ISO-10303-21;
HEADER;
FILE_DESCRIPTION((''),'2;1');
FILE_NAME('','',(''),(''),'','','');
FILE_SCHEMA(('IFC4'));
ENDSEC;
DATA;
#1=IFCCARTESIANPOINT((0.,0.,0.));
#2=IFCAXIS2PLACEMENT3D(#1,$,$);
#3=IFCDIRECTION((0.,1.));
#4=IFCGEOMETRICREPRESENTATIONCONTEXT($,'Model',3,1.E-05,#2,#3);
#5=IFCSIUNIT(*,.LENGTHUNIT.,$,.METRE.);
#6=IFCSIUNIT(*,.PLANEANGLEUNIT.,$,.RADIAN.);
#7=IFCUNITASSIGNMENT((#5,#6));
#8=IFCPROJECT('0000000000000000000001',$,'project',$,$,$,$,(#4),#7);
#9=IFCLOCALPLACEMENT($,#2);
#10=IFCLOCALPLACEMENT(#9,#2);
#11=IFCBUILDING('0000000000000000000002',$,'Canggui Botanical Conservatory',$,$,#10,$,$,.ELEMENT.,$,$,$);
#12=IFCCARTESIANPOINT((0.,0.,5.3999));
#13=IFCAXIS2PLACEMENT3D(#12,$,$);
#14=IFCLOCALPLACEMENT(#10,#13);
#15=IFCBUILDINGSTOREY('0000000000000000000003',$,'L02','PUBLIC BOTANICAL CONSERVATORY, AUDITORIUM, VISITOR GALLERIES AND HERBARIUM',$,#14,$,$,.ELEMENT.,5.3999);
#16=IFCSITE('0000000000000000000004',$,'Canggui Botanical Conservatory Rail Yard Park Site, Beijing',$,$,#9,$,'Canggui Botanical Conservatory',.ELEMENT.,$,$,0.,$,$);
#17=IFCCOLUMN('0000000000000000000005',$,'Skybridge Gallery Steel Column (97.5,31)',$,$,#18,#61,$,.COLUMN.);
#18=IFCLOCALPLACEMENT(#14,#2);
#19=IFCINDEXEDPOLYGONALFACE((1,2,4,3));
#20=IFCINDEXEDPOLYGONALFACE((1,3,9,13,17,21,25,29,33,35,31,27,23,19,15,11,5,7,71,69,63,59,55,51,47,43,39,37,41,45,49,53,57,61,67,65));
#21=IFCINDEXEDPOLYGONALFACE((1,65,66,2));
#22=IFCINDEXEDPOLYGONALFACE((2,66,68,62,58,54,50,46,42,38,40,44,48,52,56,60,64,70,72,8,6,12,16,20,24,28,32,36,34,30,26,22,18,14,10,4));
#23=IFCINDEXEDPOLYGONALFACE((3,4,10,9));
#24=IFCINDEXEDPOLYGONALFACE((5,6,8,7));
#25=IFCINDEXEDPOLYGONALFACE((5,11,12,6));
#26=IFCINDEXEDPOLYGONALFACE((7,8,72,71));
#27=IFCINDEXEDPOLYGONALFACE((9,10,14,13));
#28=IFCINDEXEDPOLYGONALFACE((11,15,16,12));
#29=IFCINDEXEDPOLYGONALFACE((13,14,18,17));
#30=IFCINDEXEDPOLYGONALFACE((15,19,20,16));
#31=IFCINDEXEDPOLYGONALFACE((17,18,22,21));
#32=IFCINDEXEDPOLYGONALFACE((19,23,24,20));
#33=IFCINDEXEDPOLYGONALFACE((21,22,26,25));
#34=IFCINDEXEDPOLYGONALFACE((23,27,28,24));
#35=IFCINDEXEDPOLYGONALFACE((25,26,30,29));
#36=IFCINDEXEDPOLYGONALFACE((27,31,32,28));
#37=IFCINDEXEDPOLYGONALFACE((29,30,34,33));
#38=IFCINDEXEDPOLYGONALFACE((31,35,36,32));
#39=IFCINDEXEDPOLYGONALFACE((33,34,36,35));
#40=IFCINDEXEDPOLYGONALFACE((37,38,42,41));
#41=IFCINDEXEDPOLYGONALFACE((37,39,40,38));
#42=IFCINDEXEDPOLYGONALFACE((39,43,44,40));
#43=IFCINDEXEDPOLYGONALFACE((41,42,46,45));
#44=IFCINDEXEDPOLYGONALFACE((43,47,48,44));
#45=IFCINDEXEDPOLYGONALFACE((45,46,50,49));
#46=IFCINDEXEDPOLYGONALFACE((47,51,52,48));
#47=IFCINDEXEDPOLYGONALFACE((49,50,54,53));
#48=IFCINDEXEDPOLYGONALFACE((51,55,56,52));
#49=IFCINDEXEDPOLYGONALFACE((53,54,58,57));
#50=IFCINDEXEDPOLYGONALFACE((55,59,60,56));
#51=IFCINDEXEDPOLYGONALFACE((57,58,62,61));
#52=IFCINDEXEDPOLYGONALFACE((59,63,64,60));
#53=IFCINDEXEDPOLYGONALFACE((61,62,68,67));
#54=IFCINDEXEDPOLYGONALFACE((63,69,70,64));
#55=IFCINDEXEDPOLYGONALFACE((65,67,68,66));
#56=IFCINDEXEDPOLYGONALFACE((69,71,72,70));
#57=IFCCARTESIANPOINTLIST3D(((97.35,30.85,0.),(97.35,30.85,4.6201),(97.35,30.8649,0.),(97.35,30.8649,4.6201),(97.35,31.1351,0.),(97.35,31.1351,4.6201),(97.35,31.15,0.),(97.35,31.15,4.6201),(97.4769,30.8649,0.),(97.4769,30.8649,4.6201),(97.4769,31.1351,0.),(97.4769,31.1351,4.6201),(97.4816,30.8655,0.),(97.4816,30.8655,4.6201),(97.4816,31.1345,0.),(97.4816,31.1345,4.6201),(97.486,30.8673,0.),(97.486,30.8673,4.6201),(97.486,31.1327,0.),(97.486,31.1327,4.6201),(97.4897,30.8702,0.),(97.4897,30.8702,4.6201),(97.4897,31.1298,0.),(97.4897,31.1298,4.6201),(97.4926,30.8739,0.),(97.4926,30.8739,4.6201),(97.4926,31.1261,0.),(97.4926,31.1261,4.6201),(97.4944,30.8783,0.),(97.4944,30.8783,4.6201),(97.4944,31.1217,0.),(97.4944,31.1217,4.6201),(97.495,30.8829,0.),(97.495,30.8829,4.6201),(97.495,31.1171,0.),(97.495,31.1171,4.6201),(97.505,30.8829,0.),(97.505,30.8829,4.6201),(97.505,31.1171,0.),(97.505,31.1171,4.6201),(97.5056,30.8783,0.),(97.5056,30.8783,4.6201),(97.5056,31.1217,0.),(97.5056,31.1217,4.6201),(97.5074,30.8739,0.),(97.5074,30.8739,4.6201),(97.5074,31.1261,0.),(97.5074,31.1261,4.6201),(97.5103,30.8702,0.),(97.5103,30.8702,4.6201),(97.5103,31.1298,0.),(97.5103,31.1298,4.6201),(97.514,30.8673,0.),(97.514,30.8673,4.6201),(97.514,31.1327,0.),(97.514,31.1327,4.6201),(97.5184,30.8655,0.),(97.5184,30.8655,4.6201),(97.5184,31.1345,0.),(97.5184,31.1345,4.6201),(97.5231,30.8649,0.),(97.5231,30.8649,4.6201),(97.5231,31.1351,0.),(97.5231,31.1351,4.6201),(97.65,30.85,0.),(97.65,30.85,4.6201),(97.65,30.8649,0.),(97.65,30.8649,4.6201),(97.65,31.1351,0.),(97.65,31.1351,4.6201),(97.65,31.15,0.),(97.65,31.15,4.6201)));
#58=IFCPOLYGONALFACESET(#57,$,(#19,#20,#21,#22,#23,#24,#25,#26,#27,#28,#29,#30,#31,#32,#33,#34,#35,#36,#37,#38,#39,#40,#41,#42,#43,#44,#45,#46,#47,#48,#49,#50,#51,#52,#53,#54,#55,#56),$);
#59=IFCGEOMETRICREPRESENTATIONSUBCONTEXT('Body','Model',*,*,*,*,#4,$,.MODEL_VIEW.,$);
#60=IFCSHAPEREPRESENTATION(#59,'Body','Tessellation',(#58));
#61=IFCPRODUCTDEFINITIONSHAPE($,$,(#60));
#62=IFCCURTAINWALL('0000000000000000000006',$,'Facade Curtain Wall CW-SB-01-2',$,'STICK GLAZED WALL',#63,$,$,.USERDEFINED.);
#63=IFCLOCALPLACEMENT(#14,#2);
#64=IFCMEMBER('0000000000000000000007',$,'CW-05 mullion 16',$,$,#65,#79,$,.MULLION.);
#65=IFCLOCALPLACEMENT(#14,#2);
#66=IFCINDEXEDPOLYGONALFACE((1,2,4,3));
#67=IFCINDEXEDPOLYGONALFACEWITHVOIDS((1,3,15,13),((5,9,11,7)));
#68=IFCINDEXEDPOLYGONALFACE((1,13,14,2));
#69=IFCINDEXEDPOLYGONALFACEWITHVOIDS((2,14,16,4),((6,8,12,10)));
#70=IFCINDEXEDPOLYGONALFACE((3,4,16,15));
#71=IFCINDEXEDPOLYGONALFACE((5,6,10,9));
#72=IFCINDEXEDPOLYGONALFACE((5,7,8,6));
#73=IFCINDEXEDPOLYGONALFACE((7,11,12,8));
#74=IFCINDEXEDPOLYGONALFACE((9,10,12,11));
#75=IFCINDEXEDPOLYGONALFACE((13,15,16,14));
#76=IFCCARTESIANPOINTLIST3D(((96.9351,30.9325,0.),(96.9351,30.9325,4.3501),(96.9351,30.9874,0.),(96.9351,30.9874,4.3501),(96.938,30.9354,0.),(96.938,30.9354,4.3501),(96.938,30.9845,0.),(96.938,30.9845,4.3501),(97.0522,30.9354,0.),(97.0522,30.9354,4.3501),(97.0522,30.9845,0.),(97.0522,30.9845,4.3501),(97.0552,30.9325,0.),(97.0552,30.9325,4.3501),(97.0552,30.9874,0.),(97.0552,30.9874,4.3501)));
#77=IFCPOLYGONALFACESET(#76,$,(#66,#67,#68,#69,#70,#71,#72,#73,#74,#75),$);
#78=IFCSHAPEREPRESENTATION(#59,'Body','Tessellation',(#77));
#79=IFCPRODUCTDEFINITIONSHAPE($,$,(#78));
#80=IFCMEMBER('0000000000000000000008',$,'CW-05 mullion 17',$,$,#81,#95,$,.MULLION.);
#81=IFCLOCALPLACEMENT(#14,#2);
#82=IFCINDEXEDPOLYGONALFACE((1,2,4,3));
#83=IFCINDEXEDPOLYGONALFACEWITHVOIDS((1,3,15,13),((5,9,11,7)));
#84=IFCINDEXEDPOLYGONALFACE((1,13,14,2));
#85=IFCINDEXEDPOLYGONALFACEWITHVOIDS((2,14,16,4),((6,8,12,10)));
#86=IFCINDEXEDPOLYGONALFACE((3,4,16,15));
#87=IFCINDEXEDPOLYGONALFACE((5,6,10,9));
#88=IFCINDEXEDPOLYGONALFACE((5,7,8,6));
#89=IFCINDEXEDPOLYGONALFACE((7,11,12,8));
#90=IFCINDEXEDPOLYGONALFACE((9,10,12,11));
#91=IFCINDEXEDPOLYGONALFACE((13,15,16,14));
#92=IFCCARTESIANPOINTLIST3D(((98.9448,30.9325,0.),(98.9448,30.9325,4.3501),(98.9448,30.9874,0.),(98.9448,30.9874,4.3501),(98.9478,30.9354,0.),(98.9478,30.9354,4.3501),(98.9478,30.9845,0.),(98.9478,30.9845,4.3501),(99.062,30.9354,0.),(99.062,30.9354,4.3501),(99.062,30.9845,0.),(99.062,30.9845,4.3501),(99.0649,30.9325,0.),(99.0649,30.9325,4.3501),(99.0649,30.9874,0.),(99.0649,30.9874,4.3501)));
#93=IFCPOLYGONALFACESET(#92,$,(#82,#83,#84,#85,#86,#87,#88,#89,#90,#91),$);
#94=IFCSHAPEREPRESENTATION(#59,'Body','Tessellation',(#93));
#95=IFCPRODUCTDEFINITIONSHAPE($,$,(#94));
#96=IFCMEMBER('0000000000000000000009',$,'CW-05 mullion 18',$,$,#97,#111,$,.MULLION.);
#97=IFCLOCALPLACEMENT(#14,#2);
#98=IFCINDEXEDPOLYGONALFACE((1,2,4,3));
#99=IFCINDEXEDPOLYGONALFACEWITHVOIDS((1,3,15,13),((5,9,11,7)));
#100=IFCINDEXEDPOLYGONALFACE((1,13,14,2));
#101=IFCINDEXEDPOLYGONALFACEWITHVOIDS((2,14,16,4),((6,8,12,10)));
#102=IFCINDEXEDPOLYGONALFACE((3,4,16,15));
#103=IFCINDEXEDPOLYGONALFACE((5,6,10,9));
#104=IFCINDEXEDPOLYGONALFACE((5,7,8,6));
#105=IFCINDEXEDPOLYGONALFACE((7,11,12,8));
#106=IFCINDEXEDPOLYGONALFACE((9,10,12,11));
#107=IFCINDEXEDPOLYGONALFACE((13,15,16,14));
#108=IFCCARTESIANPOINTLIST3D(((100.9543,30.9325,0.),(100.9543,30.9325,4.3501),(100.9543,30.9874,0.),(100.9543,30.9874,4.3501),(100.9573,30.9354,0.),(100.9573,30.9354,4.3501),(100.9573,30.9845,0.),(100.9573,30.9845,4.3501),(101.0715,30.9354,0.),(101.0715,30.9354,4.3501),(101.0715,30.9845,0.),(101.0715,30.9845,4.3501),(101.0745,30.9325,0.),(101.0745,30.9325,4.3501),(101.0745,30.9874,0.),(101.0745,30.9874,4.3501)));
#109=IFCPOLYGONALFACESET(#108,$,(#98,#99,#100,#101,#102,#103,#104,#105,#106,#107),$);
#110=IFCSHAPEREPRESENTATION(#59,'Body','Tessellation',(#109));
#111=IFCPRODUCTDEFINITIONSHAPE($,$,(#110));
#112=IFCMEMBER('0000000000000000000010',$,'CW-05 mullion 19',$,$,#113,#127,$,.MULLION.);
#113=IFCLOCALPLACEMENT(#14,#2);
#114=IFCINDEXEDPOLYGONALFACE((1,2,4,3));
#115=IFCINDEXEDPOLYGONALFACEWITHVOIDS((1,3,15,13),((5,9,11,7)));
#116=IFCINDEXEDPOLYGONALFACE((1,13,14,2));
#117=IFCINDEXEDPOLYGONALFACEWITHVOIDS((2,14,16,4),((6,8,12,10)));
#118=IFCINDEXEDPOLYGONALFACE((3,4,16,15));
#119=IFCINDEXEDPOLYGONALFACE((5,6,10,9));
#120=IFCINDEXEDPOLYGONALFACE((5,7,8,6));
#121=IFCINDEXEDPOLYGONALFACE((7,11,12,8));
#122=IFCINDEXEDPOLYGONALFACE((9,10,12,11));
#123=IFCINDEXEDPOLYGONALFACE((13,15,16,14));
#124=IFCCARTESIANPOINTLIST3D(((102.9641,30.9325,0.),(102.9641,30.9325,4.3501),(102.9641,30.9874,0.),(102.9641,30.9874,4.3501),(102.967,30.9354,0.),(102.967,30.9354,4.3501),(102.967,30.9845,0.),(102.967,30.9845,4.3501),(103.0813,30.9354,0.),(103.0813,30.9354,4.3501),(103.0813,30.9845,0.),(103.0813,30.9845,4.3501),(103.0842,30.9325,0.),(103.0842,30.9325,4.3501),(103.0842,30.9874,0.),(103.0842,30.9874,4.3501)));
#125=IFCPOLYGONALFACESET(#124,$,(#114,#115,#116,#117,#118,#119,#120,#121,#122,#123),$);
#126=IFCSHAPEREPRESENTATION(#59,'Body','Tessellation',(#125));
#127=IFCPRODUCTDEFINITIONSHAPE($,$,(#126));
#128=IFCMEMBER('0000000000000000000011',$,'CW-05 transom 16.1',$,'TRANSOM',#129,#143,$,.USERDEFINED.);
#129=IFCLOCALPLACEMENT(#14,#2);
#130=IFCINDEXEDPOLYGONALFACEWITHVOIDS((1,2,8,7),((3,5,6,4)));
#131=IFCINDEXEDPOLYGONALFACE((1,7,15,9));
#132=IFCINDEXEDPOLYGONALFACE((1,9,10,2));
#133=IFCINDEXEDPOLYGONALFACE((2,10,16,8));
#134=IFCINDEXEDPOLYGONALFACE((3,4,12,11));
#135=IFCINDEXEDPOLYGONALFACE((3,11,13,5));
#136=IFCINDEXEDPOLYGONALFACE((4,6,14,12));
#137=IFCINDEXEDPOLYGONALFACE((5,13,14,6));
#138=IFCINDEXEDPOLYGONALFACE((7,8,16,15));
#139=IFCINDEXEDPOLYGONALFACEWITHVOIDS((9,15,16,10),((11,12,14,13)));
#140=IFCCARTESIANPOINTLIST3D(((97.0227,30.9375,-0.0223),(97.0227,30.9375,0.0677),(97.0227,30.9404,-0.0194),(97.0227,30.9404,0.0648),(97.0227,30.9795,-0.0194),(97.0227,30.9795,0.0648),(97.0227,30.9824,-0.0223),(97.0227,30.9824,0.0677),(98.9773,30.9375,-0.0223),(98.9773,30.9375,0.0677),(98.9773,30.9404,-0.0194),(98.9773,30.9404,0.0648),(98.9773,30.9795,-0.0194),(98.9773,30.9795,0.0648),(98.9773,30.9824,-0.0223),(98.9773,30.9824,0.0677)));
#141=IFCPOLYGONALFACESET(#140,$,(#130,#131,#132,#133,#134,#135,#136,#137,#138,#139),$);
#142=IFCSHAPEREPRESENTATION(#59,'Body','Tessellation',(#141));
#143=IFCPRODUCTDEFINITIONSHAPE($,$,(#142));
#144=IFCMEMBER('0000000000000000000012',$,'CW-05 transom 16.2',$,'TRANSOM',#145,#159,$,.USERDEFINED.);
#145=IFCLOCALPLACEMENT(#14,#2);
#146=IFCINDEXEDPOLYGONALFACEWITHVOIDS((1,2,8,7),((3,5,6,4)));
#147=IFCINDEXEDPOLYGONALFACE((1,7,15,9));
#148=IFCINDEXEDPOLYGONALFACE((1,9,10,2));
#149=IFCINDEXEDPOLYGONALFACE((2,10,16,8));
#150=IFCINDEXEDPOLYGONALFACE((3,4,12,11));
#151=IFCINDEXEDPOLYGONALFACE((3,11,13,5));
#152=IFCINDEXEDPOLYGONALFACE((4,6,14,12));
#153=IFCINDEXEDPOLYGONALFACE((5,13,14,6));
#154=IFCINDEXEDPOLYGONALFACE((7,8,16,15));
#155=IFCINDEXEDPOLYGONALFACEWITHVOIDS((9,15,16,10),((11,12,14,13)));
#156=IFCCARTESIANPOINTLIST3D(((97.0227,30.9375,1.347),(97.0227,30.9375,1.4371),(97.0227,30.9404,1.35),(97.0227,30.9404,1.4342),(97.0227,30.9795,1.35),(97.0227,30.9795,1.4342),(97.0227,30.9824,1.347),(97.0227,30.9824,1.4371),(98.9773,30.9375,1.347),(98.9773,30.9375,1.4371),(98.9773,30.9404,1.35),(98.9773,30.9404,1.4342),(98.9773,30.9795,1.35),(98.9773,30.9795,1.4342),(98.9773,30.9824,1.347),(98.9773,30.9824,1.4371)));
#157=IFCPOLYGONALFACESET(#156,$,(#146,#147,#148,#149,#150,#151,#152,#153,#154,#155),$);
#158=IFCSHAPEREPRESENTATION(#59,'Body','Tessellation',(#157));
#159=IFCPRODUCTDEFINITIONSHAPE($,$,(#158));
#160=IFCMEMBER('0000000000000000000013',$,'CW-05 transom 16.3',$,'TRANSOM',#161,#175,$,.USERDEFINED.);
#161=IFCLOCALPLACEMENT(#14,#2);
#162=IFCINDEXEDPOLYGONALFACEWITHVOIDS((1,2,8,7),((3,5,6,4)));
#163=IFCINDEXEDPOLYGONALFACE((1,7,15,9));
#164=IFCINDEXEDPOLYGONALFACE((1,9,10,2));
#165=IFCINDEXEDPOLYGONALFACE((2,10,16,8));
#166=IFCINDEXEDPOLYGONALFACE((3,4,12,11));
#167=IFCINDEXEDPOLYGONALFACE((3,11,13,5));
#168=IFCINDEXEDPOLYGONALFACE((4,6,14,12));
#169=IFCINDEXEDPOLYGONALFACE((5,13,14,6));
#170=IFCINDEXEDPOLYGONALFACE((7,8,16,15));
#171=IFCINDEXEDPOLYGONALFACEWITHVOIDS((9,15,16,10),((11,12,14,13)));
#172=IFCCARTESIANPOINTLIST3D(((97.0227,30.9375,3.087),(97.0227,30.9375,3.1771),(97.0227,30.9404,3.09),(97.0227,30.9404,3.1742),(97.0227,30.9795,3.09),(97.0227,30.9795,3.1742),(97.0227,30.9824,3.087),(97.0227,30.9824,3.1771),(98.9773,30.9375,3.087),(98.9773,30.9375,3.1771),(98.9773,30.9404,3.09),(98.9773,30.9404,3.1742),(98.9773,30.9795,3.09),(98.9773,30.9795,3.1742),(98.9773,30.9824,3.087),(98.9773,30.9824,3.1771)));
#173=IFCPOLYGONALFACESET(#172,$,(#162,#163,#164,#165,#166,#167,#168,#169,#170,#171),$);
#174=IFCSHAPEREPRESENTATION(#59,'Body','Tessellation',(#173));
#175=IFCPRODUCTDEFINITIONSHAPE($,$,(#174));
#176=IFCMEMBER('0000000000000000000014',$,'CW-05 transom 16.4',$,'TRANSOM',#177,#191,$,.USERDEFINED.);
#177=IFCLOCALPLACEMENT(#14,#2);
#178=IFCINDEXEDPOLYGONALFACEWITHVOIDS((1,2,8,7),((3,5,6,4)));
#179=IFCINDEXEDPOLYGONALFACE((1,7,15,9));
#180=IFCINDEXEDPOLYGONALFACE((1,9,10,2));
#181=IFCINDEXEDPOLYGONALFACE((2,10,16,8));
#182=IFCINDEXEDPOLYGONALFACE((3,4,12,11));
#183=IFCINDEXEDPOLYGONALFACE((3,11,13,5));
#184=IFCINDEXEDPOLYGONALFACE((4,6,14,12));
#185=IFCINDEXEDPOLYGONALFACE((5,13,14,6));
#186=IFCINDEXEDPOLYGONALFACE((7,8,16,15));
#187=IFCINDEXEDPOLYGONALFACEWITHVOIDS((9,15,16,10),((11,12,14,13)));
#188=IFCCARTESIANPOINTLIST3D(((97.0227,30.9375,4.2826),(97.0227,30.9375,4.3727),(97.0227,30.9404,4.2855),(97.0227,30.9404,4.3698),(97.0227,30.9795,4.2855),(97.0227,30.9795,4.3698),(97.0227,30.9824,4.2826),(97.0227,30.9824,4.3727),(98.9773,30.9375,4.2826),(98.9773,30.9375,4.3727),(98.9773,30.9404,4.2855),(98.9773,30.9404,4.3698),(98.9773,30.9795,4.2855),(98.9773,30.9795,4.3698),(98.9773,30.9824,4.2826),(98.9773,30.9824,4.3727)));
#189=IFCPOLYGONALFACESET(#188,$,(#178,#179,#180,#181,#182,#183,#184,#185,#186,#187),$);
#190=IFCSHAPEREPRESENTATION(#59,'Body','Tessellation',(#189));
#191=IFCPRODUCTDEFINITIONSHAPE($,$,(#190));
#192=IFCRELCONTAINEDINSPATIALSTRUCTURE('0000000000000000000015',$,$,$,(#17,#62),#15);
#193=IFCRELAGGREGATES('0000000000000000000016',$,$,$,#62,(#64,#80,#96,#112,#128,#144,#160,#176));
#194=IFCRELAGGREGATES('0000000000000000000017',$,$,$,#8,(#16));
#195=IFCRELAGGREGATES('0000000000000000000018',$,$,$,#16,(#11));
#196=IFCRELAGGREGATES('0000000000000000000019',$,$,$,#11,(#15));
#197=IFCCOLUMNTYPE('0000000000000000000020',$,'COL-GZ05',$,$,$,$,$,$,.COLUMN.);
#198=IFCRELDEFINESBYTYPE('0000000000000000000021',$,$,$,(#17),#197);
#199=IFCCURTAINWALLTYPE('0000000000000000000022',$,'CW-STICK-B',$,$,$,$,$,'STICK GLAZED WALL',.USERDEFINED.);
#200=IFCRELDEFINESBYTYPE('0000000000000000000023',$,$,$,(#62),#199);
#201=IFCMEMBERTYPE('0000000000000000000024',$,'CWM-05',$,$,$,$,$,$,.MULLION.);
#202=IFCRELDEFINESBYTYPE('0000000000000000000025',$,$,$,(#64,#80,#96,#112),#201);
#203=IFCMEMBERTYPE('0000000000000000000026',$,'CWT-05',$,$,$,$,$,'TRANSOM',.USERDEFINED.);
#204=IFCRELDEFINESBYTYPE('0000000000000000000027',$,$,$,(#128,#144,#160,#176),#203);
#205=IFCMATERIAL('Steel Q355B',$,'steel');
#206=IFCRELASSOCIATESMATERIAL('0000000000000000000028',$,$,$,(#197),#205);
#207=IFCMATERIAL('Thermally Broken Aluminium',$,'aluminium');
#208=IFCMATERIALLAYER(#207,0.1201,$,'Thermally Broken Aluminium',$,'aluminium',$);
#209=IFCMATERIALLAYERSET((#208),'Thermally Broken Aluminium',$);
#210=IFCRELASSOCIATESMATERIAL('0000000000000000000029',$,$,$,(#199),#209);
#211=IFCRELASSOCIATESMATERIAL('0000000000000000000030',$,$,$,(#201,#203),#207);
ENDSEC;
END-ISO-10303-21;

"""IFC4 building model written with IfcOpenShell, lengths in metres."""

from ifc_helpers import new_model, si_unit, direction, frame, origin, origin_2d, place, context, subcontext, project, spatial, hollow_rectangle, i_section, extrude, material, layer, layer_set, material_profile, profile_set, type_object, element, aggregate, save


model = new_model("IFC4")

# Units and contexts
model_context = context("Model", 3, precision=1e-05, world=origin(), true_north=direction((0.0, 1.0)))
body_context = subcontext(model_context, "Body", "Model", "MODEL_VIEW")
ifc_project = project(units=[si_unit("LENGTHUNIT", "METRE"), si_unit("PLANEANGLEUNIT", "RADIAN")], contexts=[model_context])

# Site, building, storey
site_placement = place(None, origin())
site = spatial("IfcSite", under=ifc_project, at=site_placement, Name="Canggui Botanical Conservatory Rail Yard Park Site, Beijing", LongName="Canggui Botanical Conservatory", CompositionType="ELEMENT", RefElevation=0.0)
building_placement = place(site_placement, origin())
building = spatial("IfcBuilding", under=site, at=building_placement, Name="Canggui Botanical Conservatory", CompositionType="ELEMENT")
storey_placement = place(building_placement, frame((0.0, 0.0, 5.3999)))
storey = spatial("IfcBuildingStorey", under=building, at=storey_placement, Name="L02", Description="PUBLIC BOTANICAL CONSERVATORY, AUDITORIUM, VISITOR GALLERIES AND HERBARIUM", CompositionType="ELEMENT", Elevation=5.3999)

# Column
ifc_material_1 = material(Name="Steel Q355B", Category="steel")
ifc_material_profile_1 = material_profile(ifc_material_1, i_section(OverallWidth=0.3, OverallDepth=0.3, WebThickness=0.01, FlangeThickness=0.0149, FilletRadius=0.0181, at=origin_2d()), Name="HW 300x300x10x15")
ifc_profile_set_1 = profile_set([ifc_material_profile_1], Name="Steel Q355B")
column_type = type_object("IfcColumnType", Name="COL-GZ05", PredefinedType="COLUMN", material=ifc_profile_set_1)
column_placement = place(storey_placement, frame((97.5, 31.0, 0.0), z_axis=(0.0, 0.0, 1.0), x_axis=(1.0, 0.0, 0.0)))
element("IfcColumn", 1, at=column_placement, inside=storey, type_object=column_type, Name="Skybridge Gallery Steel Column (97.5,31)", PredefinedType="COLUMN", context=body_context, shape_type="SweptSolid", body=[
    extrude(i_section(OverallWidth=0.3, OverallDepth=0.3, WebThickness=0.01, FlangeThickness=0.0149, FilletRadius=0.0181, at=origin_2d()), origin(), (0.0, 0.0, 1.0), 4.6201),
])

# Curtain wall, members
ifc_material_2 = material(Name="Thermally Broken Aluminium", Category="aluminium")
ifc_layer_1 = layer(ifc_material_2, 0.1201, Name="Thermally Broken Aluminium", Category="aluminium")
ifc_layer_set_1 = layer_set([ifc_layer_1], Name="Thermally Broken Aluminium")
curtain_wall_type = type_object("IfcCurtainWallType", Name="CW-STICK-B", ElementType="STICK GLAZED WALL", PredefinedType="USERDEFINED", material=ifc_layer_set_1)
curtain_wall_placement = place(storey_placement, origin())
curtain_wall = element("IfcCurtainWall", 2, at=curtain_wall_placement, inside=storey, type_object=curtain_wall_type, Name="Facade Curtain Wall CW-SB-01-2", ObjectType="STICK GLAZED WALL", PredefinedType="USERDEFINED")
ifc_material_profile_2 = material_profile(ifc_material_2, hollow_rectangle(XDim=0.0549, YDim=0.1201, WallThickness=0.0029, at=origin_2d()), Name="CWM 55x120x3")
ifc_profile_set_2 = profile_set([ifc_material_profile_2], Name="Thermally Broken Aluminium")
member_type_1 = type_object("IfcMemberType", Name="CWM-05", PredefinedType="MULLION", material=ifc_profile_set_2)
member_1_placement = place(storey_placement, frame((96.9951, 30.96, 0.0), z_axis=(0.0, 0.0, 1.0), x_axis=(0.0, 1.0, 0.0)))
member_1 = element("IfcMember", 3, at=member_1_placement, type_object=member_type_1, Name="CW-05 mullion 16", PredefinedType="MULLION", context=body_context, shape_type="SweptSolid", body=[
    extrude(hollow_rectangle(XDim=0.0549, YDim=0.1201, WallThickness=0.0029, at=origin_2d()), origin(), (0.0, 0.0, 1.0), 4.3501),
])
member_2_placement = place(storey_placement, frame((99.0049, 30.96, 0.0), z_axis=(0.0, 0.0, 1.0), x_axis=(0.0, 1.0, 0.0)))
member_2 = element("IfcMember", 4, at=member_2_placement, type_object=member_type_1, Name="CW-05 mullion 17", PredefinedType="MULLION", context=body_context, shape_type="SweptSolid", body=[
    extrude(hollow_rectangle(XDim=0.0549, YDim=0.1201, WallThickness=0.0029, at=origin_2d()), origin(), (0.0, 0.0, 1.0), 4.3501),
])
member_3_placement = place(storey_placement, frame((101.0144, 30.96, 0.0), z_axis=(0.0, 0.0, 1.0), x_axis=(0.0, 1.0, 0.0)))
member_3 = element("IfcMember", 5, at=member_3_placement, type_object=member_type_1, Name="CW-05 mullion 18", PredefinedType="MULLION", context=body_context, shape_type="SweptSolid", body=[
    extrude(hollow_rectangle(XDim=0.0549, YDim=0.1201, WallThickness=0.0029, at=origin_2d()), origin(), (0.0, 0.0, 1.0), 4.3501),
])
member_4_placement = place(storey_placement, frame((103.0242, 30.96, 0.0), z_axis=(0.0, 0.0, 1.0), x_axis=(0.0, 1.0, 0.0)))
member_4 = element("IfcMember", 6, at=member_4_placement, type_object=member_type_1, Name="CW-05 mullion 19", PredefinedType="MULLION", context=body_context, shape_type="SweptSolid", body=[
    extrude(hollow_rectangle(XDim=0.0549, YDim=0.1201, WallThickness=0.0029, at=origin_2d()), origin(), (0.0, 0.0, 1.0), 4.3501),
])
ifc_material_profile_3 = material_profile(ifc_material_2, hollow_rectangle(XDim=0.0449, YDim=0.0901, WallThickness=0.0029, at=origin_2d()), Name="CWT 45x90x3")
ifc_profile_set_3 = profile_set([ifc_material_profile_3], Name="Thermally Broken Aluminium")
member_type_2 = type_object("IfcMemberType", Name="CWT-05", ElementType="TRANSOM", PredefinedType="USERDEFINED", material=ifc_profile_set_3)
member_5_placement = place(storey_placement, frame((97.0227, 30.96, 0.0227), z_axis=(1.0, 0.0, 0.0), x_axis=(0.0, 1.0, 0.0)))
member_5 = element("IfcMember", 7, at=member_5_placement, type_object=member_type_2, Name="CW-05 transom 16.1", ObjectType="TRANSOM", PredefinedType="USERDEFINED", context=body_context, shape_type="SweptSolid", body=[
    extrude(hollow_rectangle(XDim=0.0449, YDim=0.0901, WallThickness=0.0029, at=origin_2d()), origin(), (0.0, 0.0, 1.0), 1.9546),
])
member_6_placement = place(storey_placement, frame((97.0227, 30.96, 1.3921), z_axis=(1.0, 0.0, 0.0), x_axis=(0.0, 1.0, 0.0)))
member_6 = element("IfcMember", 8, at=member_6_placement, type_object=member_type_2, Name="CW-05 transom 16.2", ObjectType="TRANSOM", PredefinedType="USERDEFINED", context=body_context, shape_type="SweptSolid", body=[
    extrude(hollow_rectangle(XDim=0.0449, YDim=0.0901, WallThickness=0.0029, at=origin_2d()), origin(), (0.0, 0.0, 1.0), 1.9546),
])
member_7_placement = place(storey_placement, frame((97.0227, 30.96, 3.1321), z_axis=(1.0, 0.0, 0.0), x_axis=(0.0, 1.0, 0.0)))
member_7 = element("IfcMember", 9, at=member_7_placement, type_object=member_type_2, Name="CW-05 transom 16.3", ObjectType="TRANSOM", PredefinedType="USERDEFINED", context=body_context, shape_type="SweptSolid", body=[
    extrude(hollow_rectangle(XDim=0.0449, YDim=0.0901, WallThickness=0.0029, at=origin_2d()), origin(), (0.0, 0.0, 1.0), 1.9546),
])
member_8_placement = place(storey_placement, frame((97.0227, 30.96, 4.3276), z_axis=(1.0, 0.0, 0.0), x_axis=(0.0, 1.0, 0.0)))
member_8 = element("IfcMember", 10, at=member_8_placement, type_object=member_type_2, Name="CW-05 transom 16.4", ObjectType="TRANSOM", PredefinedType="USERDEFINED", context=body_context, shape_type="SweptSolid", body=[
    extrude(hollow_rectangle(XDim=0.0449, YDim=0.0901, WallThickness=0.0029, at=origin_2d()), origin(), (0.0, 0.0, 1.0), 1.9546),
])

aggregate(curtain_wall, [member_1, member_2, member_3, member_4, member_5, member_6, member_7, member_8])

save(model, "model.ifc")
